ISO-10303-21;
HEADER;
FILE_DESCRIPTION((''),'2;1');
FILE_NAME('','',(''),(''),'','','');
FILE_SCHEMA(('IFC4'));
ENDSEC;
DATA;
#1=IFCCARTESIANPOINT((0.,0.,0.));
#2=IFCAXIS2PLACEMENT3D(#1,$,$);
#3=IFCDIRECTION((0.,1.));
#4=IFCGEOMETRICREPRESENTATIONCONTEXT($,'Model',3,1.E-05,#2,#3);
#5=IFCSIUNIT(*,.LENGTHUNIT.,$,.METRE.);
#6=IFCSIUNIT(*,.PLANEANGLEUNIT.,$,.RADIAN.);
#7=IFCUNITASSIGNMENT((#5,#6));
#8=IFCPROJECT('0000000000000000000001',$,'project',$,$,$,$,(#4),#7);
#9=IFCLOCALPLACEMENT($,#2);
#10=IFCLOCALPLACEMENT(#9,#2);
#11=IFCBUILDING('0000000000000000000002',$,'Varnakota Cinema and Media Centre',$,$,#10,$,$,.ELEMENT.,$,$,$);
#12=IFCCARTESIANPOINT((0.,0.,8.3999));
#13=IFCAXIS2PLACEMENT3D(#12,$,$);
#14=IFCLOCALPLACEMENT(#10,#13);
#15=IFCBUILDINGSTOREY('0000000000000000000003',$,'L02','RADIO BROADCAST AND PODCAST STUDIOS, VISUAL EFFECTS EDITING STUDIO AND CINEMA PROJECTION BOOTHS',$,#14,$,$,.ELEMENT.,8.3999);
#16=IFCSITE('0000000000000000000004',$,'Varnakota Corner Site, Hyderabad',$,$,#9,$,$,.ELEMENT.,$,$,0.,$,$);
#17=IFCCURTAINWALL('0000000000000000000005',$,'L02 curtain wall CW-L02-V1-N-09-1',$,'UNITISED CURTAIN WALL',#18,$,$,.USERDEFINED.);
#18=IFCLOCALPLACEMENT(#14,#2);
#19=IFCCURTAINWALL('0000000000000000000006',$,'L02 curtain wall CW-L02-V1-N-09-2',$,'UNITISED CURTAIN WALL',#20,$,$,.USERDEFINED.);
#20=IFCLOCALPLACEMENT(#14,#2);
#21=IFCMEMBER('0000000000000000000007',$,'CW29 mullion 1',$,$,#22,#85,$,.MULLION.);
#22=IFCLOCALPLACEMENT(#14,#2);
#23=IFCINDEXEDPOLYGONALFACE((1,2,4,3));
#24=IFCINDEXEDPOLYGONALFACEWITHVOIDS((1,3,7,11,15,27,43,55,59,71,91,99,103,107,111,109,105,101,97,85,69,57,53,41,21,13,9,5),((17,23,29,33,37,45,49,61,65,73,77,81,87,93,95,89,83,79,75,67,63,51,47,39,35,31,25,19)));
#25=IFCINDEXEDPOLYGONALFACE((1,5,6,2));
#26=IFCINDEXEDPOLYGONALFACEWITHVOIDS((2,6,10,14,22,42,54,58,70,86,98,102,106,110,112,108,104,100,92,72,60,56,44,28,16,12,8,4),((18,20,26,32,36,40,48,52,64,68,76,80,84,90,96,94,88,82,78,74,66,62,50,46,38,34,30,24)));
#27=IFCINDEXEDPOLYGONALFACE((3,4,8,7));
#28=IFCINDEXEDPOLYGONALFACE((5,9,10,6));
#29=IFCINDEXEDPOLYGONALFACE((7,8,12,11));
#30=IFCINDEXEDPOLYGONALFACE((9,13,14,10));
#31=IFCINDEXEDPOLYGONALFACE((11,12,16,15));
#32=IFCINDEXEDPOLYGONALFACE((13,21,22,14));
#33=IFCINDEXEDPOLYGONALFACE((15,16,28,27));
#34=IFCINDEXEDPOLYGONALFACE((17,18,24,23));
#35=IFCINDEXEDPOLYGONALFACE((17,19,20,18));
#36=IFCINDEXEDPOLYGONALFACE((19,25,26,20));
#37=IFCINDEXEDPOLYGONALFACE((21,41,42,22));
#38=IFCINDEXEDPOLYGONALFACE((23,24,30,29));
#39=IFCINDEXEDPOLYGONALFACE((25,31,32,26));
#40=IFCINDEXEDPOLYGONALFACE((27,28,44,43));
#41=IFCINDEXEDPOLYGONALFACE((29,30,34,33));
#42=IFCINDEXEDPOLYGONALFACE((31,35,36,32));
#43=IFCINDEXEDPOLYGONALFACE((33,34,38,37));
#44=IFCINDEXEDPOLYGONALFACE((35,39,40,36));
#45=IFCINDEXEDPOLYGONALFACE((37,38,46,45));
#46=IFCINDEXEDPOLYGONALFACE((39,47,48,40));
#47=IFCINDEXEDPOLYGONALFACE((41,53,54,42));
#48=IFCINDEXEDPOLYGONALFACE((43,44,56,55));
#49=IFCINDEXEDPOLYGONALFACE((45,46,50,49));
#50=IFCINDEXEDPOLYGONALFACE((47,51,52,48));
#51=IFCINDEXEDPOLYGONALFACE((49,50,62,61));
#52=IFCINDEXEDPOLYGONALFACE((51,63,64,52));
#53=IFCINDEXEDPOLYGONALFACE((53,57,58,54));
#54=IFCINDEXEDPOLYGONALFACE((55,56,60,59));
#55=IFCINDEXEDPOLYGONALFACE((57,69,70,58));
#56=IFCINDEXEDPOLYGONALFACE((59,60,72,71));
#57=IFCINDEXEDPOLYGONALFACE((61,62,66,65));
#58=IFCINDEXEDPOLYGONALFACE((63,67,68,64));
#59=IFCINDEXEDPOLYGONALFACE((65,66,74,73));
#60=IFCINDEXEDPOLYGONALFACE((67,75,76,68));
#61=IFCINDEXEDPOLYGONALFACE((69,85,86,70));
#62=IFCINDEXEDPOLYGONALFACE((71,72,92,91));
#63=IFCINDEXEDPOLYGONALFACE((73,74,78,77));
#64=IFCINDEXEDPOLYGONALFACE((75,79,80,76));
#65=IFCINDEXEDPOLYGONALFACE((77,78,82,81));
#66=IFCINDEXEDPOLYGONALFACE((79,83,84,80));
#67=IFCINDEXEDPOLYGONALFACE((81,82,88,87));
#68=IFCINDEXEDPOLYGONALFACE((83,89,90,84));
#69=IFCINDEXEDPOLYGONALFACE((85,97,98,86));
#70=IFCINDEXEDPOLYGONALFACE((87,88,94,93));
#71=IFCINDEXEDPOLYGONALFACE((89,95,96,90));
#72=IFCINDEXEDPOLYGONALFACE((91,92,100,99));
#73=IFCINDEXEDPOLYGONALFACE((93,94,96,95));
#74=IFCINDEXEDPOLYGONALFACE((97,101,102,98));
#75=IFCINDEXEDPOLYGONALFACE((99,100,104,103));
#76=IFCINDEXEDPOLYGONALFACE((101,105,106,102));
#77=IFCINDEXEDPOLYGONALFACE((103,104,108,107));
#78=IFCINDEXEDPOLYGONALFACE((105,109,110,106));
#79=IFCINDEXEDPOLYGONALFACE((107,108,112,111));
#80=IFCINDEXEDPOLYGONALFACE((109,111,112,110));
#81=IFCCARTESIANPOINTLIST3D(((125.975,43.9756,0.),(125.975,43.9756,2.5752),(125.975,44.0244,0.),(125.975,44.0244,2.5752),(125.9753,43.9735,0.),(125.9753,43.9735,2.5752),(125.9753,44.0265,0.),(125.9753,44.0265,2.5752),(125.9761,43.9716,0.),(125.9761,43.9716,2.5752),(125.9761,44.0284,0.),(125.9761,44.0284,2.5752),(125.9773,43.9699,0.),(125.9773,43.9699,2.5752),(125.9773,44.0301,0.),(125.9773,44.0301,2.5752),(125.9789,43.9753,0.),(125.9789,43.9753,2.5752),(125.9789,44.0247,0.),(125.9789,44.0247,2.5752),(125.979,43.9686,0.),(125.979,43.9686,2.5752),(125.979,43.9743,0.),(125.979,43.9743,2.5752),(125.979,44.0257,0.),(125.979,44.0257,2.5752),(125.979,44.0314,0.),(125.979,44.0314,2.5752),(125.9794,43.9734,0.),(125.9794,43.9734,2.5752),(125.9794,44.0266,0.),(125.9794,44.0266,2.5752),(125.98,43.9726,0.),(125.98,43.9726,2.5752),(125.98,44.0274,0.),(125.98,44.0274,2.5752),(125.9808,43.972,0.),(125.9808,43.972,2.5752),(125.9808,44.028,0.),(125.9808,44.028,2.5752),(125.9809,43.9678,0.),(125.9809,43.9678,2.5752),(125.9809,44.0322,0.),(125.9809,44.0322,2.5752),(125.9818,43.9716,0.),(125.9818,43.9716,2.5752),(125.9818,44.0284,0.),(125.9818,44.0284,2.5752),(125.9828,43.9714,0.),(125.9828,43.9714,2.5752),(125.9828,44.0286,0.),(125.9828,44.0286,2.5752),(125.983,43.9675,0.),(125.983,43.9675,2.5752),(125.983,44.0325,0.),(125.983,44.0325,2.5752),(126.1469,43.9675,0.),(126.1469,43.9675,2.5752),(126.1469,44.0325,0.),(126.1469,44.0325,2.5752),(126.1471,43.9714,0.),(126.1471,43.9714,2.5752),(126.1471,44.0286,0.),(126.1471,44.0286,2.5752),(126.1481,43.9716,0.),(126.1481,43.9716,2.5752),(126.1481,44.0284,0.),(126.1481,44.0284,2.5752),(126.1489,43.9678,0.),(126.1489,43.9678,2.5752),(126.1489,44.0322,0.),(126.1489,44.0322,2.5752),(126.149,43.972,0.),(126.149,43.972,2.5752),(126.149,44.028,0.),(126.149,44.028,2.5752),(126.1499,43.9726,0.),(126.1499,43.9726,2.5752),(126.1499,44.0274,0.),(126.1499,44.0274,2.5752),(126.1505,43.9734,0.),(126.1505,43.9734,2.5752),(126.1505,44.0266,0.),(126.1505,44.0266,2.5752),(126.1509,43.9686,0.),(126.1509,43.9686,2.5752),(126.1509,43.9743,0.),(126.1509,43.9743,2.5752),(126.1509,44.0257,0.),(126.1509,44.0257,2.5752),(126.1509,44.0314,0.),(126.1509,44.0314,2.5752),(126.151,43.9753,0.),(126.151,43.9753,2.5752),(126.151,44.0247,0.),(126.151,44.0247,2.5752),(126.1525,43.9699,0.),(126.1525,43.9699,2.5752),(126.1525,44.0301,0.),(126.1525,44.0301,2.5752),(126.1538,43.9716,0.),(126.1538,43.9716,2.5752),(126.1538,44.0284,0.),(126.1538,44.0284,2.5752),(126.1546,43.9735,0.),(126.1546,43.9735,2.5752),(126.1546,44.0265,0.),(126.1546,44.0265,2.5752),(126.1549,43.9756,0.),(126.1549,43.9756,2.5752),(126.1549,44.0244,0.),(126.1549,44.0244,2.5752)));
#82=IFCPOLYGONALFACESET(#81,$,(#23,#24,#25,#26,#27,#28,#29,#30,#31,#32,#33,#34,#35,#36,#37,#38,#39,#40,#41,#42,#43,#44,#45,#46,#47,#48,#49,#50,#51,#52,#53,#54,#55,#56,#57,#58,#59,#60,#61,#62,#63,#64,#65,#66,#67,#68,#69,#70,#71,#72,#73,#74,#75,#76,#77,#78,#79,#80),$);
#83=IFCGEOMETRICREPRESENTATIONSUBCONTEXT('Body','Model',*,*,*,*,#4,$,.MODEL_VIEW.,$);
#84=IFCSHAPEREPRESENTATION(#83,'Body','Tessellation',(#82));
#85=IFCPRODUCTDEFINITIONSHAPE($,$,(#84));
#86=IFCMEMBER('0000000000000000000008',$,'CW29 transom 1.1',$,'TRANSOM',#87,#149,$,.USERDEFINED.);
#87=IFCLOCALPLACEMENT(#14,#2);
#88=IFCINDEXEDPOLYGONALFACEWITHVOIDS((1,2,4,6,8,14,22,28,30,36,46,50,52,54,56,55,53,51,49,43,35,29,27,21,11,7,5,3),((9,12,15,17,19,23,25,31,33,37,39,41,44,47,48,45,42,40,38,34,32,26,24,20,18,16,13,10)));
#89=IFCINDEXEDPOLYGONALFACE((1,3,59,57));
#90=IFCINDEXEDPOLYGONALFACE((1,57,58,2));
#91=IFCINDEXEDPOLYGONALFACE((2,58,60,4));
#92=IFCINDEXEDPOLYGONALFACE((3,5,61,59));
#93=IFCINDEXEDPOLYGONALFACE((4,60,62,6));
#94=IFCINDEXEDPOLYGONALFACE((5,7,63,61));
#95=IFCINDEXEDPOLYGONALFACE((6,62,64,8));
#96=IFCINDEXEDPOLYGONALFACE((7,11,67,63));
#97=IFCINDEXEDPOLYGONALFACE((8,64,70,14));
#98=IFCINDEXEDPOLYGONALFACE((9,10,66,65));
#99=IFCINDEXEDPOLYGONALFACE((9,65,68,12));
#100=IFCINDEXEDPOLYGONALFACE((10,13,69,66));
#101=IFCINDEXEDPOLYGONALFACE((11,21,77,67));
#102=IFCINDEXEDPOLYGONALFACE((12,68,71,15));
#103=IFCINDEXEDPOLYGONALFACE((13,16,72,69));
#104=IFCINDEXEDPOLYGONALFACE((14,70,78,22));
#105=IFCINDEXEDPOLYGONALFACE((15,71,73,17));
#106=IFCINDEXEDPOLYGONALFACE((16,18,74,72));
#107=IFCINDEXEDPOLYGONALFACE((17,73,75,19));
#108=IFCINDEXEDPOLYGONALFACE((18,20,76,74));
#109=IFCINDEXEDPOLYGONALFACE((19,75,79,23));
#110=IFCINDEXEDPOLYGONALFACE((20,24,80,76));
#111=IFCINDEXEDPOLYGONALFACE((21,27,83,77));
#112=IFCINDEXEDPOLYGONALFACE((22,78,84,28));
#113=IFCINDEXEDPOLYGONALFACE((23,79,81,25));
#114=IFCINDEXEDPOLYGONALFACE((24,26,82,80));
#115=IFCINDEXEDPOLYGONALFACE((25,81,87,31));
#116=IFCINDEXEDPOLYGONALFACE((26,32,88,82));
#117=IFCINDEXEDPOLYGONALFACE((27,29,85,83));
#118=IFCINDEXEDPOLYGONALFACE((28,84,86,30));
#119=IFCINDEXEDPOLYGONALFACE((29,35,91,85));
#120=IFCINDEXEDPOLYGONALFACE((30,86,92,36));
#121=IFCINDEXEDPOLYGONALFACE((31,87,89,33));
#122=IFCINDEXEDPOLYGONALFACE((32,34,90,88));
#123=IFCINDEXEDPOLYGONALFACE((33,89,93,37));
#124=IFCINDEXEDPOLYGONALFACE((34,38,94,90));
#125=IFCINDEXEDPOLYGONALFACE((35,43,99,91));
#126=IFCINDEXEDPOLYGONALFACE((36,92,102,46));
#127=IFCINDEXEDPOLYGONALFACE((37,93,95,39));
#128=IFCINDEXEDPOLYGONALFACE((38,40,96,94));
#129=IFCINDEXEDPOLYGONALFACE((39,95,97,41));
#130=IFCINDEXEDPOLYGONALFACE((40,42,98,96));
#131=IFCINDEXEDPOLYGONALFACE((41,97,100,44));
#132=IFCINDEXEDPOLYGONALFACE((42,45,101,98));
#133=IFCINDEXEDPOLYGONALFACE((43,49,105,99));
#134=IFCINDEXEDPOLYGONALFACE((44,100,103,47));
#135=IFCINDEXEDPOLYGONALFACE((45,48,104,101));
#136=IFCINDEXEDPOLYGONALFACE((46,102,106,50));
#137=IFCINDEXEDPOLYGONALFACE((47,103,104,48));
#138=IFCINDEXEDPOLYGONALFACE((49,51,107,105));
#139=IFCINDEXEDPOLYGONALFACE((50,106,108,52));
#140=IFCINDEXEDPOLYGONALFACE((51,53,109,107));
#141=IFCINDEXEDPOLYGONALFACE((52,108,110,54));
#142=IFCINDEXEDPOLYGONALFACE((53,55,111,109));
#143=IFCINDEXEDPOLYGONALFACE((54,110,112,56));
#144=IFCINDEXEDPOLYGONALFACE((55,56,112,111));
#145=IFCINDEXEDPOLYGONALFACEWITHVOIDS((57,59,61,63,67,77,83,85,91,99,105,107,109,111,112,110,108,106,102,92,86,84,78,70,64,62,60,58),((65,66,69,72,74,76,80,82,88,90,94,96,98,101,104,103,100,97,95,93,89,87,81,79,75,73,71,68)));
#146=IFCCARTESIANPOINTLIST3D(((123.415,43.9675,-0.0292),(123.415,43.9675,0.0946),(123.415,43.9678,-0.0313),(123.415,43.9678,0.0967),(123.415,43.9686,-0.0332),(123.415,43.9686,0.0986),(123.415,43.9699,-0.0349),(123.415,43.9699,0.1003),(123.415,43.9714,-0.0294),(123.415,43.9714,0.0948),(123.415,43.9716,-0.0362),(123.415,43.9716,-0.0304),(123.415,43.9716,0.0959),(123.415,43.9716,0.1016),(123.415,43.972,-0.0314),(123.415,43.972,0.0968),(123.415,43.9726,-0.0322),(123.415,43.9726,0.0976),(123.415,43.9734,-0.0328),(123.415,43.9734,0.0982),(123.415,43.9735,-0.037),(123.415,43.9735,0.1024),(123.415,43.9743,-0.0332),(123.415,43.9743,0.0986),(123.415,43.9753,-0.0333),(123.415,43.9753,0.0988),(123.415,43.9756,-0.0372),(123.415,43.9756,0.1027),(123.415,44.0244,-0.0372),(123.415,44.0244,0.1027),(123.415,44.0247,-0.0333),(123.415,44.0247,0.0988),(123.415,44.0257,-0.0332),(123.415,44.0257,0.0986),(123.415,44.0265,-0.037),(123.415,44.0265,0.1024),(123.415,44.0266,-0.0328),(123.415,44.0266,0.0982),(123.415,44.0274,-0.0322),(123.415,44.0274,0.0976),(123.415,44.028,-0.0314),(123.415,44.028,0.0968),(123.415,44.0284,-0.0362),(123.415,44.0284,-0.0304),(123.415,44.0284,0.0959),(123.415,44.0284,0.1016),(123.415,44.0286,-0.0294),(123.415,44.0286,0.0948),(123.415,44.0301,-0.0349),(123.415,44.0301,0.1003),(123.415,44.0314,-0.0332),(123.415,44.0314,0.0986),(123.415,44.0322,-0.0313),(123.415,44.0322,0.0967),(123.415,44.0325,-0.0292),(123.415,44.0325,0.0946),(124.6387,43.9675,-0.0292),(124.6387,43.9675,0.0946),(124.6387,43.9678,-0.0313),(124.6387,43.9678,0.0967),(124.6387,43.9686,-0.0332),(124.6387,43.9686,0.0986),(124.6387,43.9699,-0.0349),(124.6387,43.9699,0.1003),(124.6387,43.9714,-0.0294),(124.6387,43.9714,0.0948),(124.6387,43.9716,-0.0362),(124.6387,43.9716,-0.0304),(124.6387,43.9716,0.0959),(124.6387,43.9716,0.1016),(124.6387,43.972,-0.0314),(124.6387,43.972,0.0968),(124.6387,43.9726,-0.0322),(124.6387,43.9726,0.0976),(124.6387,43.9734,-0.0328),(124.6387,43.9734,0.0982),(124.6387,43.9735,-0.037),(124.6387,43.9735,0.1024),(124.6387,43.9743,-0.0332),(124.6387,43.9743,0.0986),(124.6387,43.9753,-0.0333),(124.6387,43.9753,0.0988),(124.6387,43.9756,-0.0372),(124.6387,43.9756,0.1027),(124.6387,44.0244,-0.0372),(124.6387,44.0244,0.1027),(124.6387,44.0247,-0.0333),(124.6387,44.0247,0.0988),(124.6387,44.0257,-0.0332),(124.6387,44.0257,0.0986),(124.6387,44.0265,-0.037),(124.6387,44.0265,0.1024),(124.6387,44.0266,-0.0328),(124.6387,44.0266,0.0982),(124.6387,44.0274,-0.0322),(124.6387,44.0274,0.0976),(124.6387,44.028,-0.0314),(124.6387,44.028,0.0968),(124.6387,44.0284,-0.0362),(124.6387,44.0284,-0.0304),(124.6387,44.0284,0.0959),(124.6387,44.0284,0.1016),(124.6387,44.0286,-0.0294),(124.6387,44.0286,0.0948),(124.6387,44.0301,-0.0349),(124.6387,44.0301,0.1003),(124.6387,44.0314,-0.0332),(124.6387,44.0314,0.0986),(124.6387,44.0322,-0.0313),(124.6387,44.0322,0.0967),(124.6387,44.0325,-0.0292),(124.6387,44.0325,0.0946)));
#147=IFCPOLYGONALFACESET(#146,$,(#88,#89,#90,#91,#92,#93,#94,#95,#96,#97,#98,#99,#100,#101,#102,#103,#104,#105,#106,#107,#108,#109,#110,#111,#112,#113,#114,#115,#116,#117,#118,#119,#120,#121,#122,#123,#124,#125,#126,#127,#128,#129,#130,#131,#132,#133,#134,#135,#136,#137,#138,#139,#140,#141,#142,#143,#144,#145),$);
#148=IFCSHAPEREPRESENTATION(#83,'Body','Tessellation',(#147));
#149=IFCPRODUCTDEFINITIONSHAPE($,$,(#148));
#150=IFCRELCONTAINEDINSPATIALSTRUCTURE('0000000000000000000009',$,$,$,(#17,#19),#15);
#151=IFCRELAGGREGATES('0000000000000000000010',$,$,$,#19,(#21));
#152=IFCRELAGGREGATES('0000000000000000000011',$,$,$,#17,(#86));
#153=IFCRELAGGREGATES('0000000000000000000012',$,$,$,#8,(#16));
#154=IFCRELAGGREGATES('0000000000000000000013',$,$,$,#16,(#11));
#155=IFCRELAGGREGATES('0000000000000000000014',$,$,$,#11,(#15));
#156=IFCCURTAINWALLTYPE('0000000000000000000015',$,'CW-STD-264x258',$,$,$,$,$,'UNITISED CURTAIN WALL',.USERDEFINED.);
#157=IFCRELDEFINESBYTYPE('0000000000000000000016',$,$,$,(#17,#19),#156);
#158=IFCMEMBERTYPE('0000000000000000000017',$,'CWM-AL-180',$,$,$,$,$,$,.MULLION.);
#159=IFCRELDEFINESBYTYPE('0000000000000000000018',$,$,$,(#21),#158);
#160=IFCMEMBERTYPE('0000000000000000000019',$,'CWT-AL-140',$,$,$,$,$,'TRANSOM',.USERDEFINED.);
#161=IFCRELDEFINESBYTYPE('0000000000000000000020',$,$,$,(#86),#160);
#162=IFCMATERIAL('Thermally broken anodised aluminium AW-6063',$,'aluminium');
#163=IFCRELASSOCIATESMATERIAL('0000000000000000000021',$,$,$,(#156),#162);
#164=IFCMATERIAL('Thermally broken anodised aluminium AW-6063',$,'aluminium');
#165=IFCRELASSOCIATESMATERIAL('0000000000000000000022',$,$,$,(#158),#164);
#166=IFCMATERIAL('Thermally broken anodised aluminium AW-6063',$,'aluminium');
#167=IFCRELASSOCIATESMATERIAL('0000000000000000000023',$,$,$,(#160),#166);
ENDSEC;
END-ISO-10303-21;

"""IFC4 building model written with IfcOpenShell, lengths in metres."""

from ifc_helpers import new_model, si_unit, direction, frame, origin, origin_2d, place, context, subcontext, project, spatial, hollow_rectangle, extrude, material, material_profile, profile_set, type_object, element, aggregate, save


model = new_model("IFC4")

# Units and contexts
model_context = context("Model", 3, precision=1e-05, world=origin(), true_north=direction((0.0, 1.0)))
body_context = subcontext(model_context, "Body", "Model", "MODEL_VIEW")
ifc_project = project(units=[si_unit("LENGTHUNIT", "METRE"), si_unit("PLANEANGLEUNIT", "RADIAN")], contexts=[model_context])

# Site, building, storey
site_placement = place(None, origin())
site = spatial("IfcSite", under=ifc_project, at=site_placement, Name="Varnakota Corner Site, Hyderabad", CompositionType="ELEMENT", RefElevation=0.0)
building_placement = place(site_placement, origin())
building = spatial("IfcBuilding", under=site, at=building_placement, Name="Varnakota Cinema and Media Centre", CompositionType="ELEMENT")
storey_placement = place(building_placement, frame((0.0, 0.0, 8.3999)))
storey = spatial("IfcBuildingStorey", under=building, at=storey_placement, Name="L02", Description="RADIO BROADCAST AND PODCAST STUDIOS, VISUAL EFFECTS EDITING STUDIO AND CINEMA PROJECTION BOOTHS", CompositionType="ELEMENT", Elevation=8.3999)

# Shared definitions
ifc_material_1 = material(Name="Thermally broken anodised aluminium AW-6063", Category="aluminium")
curtain_wall_type = type_object("IfcCurtainWallType", Name="CW-STD-264x258", ElementType="UNITISED CURTAIN WALL", PredefinedType="USERDEFINED", material=ifc_material_1)
ifc_material_2 = material(Name="Thermally broken anodised aluminium AW-6063", Category="aluminium")
ifc_material_profile_1 = material_profile(ifc_material_2, hollow_rectangle(XDim=0.0649, YDim=0.1799, WallThickness=0.0039, InnerFilletRadius=0.0039, OuterFilletRadius=0.0081, at=origin_2d()), Name="AL-MULLION 180x65x4")
ifc_profile_set_1 = profile_set([ifc_material_profile_1], Name="Thermally broken anodised aluminium AW-6063")
member_type_1 = type_object("IfcMemberType", Name="CWM-AL-180", PredefinedType="MULLION", material=ifc_profile_set_1)

# Curtain wall
curtain_wall_1_placement = place(storey_placement, origin())
curtain_wall_1 = element("IfcCurtainWall", 1, at=curtain_wall_1_placement, inside=storey, type_object=curtain_wall_type, Name="L02 curtain wall CW-L02-V1-N-09-1", ObjectType="UNITISED CURTAIN WALL", PredefinedType="USERDEFINED")

# Curtain wall, member
curtain_wall_2_placement = place(storey_placement, origin())
curtain_wall_2 = element("IfcCurtainWall", 2, at=curtain_wall_2_placement, inside=storey, type_object=curtain_wall_type, Name="L02 curtain wall CW-L02-V1-N-09-2", ObjectType="UNITISED CURTAIN WALL", PredefinedType="USERDEFINED")
member_1_placement = place(storey_placement, frame((126.0649, 44.0, 0.0), z_axis=(0.0, 0.0, 1.0), x_axis=(0.0, 1.0, 0.0)))
member_1 = element("IfcMember", 3, at=member_1_placement, type_object=member_type_1, Name="CW29 mullion 1", PredefinedType="MULLION", context=body_context, shape_type="SweptSolid", body=[
    extrude(hollow_rectangle(XDim=0.0649, YDim=0.1799, WallThickness=0.0039, InnerFilletRadius=0.0039, OuterFilletRadius=0.0081, at=origin_2d()), origin(), (0.0, 0.0, 1.0), 2.5752),
])

# Member
ifc_material_3 = material(Name="Thermally broken anodised aluminium AW-6063", Category="aluminium")
ifc_material_profile_2 = material_profile(ifc_material_3, hollow_rectangle(XDim=0.0649, YDim=0.1399, WallThickness=0.0039, InnerFilletRadius=0.0039, OuterFilletRadius=0.0081, at=origin_2d()), Name="AL-TRANSOM 140x65x4")
ifc_profile_set_2 = profile_set([ifc_material_profile_2], Name="Thermally broken anodised aluminium AW-6063")
member_type_2 = type_object("IfcMemberType", Name="CWT-AL-140", ElementType="TRANSOM", PredefinedType="USERDEFINED", material=ifc_profile_set_2)
member_2_placement = place(storey_placement, frame((123.415, 44.0, 0.0327), z_axis=(1.0, 0.0, 0.0), x_axis=(0.0, 1.0, 0.0)))
member_2 = element("IfcMember", 4, at=member_2_placement, type_object=member_type_2, Name="CW29 transom 1.1", ObjectType="TRANSOM", PredefinedType="USERDEFINED", context=body_context, shape_type="SweptSolid", body=[
    extrude(hollow_rectangle(XDim=0.0649, YDim=0.1399, WallThickness=0.0039, InnerFilletRadius=0.0039, OuterFilletRadius=0.0081, at=origin_2d()), origin(), (0.0, 0.0, 1.0), 1.2236),
])
aggregate(curtain_wall_2, [member_1])

aggregate(curtain_wall_1, [member_2])

save(model, "model.ifc")
